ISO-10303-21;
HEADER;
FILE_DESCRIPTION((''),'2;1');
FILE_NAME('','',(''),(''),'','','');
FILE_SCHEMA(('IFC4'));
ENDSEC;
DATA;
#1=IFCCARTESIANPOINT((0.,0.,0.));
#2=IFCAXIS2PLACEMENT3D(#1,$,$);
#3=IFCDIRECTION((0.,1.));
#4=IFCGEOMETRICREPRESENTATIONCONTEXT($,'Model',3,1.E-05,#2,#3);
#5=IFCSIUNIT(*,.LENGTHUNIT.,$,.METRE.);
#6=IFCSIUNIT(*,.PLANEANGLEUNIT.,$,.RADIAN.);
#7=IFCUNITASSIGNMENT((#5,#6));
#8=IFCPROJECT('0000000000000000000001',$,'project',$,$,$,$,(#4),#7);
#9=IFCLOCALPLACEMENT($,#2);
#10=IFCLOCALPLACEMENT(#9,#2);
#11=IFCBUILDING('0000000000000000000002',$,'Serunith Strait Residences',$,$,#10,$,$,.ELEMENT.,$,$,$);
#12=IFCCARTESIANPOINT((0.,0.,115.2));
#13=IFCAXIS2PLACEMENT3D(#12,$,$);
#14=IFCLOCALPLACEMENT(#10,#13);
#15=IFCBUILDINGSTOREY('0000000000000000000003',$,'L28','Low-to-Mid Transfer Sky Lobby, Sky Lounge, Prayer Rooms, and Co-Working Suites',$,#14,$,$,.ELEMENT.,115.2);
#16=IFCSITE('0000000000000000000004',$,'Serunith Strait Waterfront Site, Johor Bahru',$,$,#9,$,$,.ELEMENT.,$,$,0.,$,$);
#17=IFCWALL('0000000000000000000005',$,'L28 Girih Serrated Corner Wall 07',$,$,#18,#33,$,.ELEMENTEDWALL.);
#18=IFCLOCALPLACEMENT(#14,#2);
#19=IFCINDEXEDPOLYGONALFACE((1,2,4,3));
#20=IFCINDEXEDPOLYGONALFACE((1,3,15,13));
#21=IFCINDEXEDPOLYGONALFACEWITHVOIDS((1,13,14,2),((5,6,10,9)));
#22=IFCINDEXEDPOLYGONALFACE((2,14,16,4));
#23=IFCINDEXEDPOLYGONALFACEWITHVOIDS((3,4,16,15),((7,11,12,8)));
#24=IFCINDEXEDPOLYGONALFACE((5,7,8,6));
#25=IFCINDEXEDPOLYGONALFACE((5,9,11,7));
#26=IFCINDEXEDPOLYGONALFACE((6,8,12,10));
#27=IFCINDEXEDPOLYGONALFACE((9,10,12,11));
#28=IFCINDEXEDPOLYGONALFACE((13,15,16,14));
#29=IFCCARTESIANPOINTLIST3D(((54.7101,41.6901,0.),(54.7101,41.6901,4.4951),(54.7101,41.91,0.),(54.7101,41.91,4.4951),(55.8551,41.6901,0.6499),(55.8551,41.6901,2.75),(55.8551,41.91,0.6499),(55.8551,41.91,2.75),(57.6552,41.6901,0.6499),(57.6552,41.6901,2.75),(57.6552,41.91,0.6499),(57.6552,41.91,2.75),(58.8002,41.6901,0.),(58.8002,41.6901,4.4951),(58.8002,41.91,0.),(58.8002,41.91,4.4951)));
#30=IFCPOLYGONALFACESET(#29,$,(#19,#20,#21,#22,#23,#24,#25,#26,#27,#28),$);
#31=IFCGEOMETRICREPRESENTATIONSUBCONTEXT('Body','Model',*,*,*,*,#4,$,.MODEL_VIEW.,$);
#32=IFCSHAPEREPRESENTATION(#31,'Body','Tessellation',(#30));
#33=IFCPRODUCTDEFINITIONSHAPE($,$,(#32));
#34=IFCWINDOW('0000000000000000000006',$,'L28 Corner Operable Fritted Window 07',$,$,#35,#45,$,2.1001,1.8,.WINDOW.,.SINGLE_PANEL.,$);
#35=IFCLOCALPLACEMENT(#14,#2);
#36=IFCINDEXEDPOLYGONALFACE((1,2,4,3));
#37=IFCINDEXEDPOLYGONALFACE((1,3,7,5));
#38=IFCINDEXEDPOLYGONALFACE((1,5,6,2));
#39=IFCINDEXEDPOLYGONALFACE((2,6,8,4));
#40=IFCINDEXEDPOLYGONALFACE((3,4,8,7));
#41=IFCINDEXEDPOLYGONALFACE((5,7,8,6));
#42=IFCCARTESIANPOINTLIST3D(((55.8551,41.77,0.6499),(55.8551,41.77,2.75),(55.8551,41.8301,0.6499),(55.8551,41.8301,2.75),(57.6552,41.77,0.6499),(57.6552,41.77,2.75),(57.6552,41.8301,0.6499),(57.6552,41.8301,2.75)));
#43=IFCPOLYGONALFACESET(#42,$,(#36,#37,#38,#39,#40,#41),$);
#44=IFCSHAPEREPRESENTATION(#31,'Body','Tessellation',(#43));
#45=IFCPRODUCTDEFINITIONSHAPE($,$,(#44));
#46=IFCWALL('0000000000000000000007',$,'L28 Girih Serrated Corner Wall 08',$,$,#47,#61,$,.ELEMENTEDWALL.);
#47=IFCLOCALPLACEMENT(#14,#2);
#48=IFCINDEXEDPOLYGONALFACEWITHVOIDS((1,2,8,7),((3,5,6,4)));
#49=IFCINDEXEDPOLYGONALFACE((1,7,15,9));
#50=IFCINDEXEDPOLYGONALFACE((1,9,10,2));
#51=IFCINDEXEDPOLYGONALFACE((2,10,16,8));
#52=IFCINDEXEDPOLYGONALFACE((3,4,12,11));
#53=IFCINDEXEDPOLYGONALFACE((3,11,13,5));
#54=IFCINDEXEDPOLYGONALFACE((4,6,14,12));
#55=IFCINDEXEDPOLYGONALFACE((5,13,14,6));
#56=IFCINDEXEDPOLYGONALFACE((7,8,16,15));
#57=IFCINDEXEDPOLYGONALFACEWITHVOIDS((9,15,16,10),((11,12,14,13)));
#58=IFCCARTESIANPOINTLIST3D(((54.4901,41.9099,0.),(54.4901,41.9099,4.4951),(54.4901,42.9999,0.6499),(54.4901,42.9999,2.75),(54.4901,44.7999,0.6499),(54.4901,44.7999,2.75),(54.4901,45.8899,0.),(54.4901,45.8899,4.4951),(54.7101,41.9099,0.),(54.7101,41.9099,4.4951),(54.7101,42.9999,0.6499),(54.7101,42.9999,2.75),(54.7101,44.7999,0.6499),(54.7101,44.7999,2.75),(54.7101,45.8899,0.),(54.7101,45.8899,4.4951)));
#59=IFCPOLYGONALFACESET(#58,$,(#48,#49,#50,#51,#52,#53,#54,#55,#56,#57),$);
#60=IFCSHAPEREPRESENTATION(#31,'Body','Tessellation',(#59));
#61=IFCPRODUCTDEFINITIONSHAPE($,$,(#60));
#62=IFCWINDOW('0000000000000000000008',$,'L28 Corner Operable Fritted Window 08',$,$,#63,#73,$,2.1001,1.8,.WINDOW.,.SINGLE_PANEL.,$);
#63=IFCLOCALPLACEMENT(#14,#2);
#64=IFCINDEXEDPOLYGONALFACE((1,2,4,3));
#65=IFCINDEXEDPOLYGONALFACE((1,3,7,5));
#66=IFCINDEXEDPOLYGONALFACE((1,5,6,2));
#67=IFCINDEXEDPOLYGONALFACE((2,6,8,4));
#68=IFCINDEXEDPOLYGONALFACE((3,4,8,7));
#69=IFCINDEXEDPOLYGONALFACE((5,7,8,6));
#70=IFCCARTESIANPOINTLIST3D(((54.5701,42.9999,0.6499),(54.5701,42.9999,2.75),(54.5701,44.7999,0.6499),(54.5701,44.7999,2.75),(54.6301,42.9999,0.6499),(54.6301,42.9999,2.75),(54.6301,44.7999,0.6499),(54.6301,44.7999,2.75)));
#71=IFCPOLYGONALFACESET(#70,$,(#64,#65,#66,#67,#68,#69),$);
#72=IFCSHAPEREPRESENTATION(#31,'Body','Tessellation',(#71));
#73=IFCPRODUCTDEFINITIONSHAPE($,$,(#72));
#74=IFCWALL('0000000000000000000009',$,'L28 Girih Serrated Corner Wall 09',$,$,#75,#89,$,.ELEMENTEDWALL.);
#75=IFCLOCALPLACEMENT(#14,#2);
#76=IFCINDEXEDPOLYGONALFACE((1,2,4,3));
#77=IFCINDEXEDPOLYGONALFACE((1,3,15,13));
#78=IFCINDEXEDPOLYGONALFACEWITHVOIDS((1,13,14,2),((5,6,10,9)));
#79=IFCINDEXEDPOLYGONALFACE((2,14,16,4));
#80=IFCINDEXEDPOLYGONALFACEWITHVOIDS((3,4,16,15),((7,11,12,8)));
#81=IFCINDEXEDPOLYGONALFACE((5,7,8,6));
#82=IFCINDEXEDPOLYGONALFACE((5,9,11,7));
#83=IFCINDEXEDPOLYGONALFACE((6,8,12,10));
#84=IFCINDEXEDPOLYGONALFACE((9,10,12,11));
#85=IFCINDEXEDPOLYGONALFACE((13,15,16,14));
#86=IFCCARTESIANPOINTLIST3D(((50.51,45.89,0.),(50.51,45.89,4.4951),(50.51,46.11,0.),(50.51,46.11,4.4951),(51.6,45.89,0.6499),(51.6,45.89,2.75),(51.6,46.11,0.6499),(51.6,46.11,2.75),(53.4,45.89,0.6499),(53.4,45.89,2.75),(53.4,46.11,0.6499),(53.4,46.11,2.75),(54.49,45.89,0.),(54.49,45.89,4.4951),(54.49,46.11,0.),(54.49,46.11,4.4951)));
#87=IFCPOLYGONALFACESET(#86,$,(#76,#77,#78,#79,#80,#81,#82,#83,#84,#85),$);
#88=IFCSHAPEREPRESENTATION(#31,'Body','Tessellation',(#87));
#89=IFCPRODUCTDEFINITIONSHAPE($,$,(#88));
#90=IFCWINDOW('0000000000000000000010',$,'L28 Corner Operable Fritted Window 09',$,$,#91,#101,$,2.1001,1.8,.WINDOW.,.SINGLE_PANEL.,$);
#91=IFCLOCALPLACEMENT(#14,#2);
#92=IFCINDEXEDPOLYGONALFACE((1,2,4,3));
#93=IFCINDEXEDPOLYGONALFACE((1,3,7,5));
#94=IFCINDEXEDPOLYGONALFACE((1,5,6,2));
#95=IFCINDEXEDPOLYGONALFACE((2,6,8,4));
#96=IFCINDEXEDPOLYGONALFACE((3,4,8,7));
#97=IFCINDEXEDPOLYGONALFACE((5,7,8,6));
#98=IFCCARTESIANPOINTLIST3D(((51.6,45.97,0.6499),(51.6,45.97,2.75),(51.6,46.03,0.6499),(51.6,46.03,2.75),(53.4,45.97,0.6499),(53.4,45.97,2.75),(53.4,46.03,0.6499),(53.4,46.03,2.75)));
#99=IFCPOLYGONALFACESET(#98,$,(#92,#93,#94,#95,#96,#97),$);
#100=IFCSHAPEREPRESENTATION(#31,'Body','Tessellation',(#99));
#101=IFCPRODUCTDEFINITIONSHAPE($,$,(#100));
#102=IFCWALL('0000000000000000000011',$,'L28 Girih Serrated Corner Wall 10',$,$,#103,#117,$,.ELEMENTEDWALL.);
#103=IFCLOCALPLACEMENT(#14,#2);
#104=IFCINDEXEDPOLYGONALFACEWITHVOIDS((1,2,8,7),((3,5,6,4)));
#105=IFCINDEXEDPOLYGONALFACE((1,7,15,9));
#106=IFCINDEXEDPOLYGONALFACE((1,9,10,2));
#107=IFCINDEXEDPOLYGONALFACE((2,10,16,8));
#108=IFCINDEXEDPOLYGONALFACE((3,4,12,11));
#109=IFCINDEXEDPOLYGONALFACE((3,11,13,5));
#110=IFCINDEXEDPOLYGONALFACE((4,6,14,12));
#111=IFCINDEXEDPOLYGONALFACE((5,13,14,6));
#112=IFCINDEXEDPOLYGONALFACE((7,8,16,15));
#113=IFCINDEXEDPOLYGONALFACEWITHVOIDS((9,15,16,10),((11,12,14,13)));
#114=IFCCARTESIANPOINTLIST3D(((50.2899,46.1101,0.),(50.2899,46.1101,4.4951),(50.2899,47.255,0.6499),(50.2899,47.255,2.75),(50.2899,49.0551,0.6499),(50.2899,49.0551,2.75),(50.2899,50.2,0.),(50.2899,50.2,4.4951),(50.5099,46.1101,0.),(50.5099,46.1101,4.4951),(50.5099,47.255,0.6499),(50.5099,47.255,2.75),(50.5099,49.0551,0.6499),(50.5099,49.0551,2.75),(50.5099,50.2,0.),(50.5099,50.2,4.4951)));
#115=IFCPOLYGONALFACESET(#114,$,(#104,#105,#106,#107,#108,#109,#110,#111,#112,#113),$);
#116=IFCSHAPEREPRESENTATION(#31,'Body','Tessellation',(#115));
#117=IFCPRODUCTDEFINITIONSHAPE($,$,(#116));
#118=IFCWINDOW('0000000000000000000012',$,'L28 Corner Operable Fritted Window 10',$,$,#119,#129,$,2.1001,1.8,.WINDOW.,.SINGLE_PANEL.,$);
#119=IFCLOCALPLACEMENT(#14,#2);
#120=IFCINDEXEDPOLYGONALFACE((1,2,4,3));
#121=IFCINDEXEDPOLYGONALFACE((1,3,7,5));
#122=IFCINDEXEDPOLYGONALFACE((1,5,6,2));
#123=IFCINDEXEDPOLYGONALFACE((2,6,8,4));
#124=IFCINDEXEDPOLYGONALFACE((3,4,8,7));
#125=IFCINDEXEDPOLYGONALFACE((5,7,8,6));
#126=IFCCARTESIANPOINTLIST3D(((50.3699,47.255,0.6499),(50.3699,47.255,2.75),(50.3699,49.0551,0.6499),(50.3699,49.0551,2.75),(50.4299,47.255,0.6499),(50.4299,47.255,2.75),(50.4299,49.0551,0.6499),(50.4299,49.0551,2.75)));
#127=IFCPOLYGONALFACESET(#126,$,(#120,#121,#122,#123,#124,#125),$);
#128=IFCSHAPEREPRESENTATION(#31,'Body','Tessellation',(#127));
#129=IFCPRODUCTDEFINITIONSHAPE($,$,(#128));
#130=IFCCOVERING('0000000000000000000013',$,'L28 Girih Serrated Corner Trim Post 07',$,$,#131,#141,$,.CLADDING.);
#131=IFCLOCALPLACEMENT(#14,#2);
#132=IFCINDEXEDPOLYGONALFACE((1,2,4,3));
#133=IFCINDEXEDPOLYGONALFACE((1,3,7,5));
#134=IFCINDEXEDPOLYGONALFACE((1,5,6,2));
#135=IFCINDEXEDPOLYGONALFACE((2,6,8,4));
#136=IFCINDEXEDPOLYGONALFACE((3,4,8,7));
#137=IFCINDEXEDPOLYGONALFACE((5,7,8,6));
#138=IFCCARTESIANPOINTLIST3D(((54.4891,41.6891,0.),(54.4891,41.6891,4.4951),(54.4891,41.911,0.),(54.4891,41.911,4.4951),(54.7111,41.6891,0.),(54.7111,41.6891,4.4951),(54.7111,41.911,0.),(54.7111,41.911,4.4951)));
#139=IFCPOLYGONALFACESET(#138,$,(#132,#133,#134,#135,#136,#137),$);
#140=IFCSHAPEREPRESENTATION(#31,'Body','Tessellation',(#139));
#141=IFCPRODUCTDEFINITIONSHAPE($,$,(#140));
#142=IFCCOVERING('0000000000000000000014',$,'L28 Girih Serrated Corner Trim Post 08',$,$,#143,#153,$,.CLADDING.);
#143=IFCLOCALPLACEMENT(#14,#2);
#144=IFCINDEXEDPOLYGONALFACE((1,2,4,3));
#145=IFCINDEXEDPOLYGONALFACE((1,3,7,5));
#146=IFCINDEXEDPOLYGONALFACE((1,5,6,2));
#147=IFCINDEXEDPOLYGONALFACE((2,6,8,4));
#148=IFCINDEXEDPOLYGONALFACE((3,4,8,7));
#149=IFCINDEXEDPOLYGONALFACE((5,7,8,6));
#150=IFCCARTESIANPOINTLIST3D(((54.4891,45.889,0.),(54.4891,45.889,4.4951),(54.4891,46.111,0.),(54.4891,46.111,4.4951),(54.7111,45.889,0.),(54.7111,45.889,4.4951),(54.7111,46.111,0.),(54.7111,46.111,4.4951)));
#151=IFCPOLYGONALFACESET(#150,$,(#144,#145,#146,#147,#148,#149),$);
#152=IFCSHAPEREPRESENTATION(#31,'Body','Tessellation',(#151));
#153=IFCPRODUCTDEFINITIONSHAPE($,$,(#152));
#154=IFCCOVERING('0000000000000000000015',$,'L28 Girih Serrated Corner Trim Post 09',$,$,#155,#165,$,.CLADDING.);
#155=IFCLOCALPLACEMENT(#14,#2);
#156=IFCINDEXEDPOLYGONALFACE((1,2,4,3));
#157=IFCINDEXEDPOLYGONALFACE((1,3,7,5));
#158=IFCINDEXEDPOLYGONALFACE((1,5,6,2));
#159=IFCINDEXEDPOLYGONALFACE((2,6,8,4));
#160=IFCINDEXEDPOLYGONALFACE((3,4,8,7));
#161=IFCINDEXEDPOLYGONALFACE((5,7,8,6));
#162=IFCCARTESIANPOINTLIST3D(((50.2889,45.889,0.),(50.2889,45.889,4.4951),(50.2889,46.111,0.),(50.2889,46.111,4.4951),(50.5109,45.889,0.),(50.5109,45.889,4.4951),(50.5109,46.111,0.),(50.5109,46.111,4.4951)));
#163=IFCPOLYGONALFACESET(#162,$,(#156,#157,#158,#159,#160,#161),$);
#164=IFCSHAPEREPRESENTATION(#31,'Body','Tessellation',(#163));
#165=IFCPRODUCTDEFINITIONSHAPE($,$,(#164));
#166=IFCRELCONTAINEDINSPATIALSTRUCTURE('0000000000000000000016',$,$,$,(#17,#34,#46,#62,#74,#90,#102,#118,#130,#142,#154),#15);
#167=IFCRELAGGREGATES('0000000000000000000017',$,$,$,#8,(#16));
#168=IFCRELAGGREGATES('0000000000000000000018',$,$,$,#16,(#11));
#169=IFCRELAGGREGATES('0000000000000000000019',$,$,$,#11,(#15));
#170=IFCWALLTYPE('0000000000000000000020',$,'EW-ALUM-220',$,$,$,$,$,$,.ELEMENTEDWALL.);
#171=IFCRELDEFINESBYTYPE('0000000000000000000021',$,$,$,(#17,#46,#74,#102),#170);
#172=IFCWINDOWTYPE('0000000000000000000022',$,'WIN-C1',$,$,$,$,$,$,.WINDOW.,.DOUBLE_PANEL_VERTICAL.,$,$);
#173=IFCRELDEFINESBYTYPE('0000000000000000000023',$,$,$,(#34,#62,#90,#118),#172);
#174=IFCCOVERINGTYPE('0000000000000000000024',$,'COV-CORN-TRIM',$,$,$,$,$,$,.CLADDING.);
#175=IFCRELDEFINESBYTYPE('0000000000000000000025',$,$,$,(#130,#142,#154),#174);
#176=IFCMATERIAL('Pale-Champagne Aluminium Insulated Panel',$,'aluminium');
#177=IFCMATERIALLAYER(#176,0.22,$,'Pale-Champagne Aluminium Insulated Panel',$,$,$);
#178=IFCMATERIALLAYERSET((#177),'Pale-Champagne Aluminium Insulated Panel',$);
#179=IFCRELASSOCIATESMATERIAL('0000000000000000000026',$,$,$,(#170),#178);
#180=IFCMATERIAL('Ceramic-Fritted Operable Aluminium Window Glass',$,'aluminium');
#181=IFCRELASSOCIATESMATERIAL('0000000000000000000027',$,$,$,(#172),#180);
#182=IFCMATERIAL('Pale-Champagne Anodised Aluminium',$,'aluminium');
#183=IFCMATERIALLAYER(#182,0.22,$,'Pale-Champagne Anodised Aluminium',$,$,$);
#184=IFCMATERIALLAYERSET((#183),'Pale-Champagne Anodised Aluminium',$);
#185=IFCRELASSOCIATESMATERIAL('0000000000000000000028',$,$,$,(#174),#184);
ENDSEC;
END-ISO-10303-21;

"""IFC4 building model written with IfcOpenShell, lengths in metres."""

from ifc_helpers import new_model, si_unit, direction, frame, frame_2d, origin, origin_2d, place, context, subcontext, project, spatial, rectangle, extrude, source, transform, mapped, material, layer, layer_set, type_object, element, fill, save


model = new_model("IFC4")

# Units and contexts
model_context = context("Model", 3, precision=1e-05, world=origin(), true_north=direction((0.0, 1.0)))
body_context = subcontext(model_context, "Body", "Model", "MODEL_VIEW")
ifc_project = project(units=[si_unit("LENGTHUNIT", "METRE"), si_unit("PLANEANGLEUNIT", "RADIAN")], contexts=[model_context])

# Site, building, storey
site_placement = place(None, origin())
site = spatial("IfcSite", under=ifc_project, at=site_placement, Name="Serunith Strait Waterfront Site, Johor Bahru", CompositionType="ELEMENT", RefElevation=0.0)
building_placement = place(site_placement, origin())
building = spatial("IfcBuilding", under=site, at=building_placement, Name="Serunith Strait Residences", CompositionType="ELEMENT")
storey_placement = place(building_placement, frame((0.0, 0.0, 115.2)))
storey = spatial("IfcBuildingStorey", under=building, at=storey_placement, Name="L28", Description="Low-to-Mid Transfer Sky Lobby, Sky Lounge, Prayer Rooms, and Co-Working Suites", CompositionType="ELEMENT", Elevation=115.2)

# Shared definitions
ifc_material_1 = material(Name="Pale-Champagne Anodised Aluminium", Category="aluminium")

# Walls, openings, windows
ifc_material_2 = material(Name="Pale-Champagne Aluminium Insulated Panel", Category="aluminium")
ifc_layer_1 = layer(ifc_material_2, 0.22, Name="Pale-Champagne Aluminium Insulated Panel")
ifc_layer_set_1 = layer_set([ifc_layer_1], Name="Pale-Champagne Aluminium Insulated Panel")
wall_type = type_object("IfcWallType", Name="EW-ALUM-220", PredefinedType="ELEMENTEDWALL", material=ifc_layer_set_1)
wall_1_placement = place(storey_placement, frame((58.8, 41.8, 0.0), z_axis=(0.0, 0.0, 1.0), x_axis=(-1.0, 0.0, 0.0)))
wall_1 = element("IfcWall", 1, at=wall_1_placement, inside=storey, type_object=wall_type, Name="L28 Girih Serrated Corner Wall 07", PredefinedType="ELEMENTEDWALL", context=body_context, shape_type="SweptSolid", body=[
    extrude(rectangle(XDim=4.0901, YDim=0.22, at=frame_2d((2.0449, 0.0))), origin(), (0.0, 0.0, 1.0), 4.4951),
])
opening_1_placement = place(wall_1_placement, frame((1.145, 0.0, 0.6499)))
opening_1 = element("IfcOpeningElement", 2, at=opening_1_placement, cuts=wall_1, PredefinedType="OPENING", context=body_context, shape_type="SweptSolid", body=[
    extrude(rectangle(XDim=1.8, YDim=2.1001, at=frame_2d((0.8999, 1.05))), frame((0.0, 0.1201, 0.0), z_axis=(0.0, -1.0, 0.0), x_axis=(1.0, 0.0, 0.0)), (0.0, 0.0, 1.0), 0.24),
])
ifc_material_3 = material(Name="Ceramic-Fritted Operable Aluminium Window Glass", Category="aluminium")
window_type = type_object("IfcWindowType", Name="WIN-C1", PartitioningType="DOUBLE_PANEL_VERTICAL", PredefinedType="WINDOW", material=ifc_material_3)
shared_shape_1 = source(origin(), body_context, "Body", "SweptSolid", [
    extrude(rectangle(XDim=1.8, YDim=2.1001, at=frame_2d((0.8999, 1.05))), frame((0.0, 0.03, 0.0), z_axis=(0.0, -1.0, 0.0), x_axis=(1.0, 0.0, 0.0)), (0.0, 0.0, 1.0), 0.0601),
])
window_1_placement = place(opening_1_placement, origin())
window_1 = element("IfcWindow", 3, at=window_1_placement, inside=storey, type_object=window_type, Name="L28 Corner Operable Fritted Window 07", OverallHeight=2.1001, OverallWidth=1.8, PartitioningType="SINGLE_PANEL", PredefinedType="WINDOW", context=body_context, shape_type="MappedRepresentation", body=[
    mapped(shared_shape_1, transform((0.0, 0.0, 0.0), scale=1.0)),
])
fill(opening_1, window_1)
wall_2_placement = place(storey_placement, frame((54.6001, 41.9099, 0.0), z_axis=(0.0, 0.0, 1.0), x_axis=(0.0, 1.0, 0.0)))
wall_2 = element("IfcWall", 4, at=wall_2_placement, inside=storey, type_object=wall_type, Name="L28 Girih Serrated Corner Wall 08", PredefinedType="ELEMENTEDWALL", context=body_context, shape_type="SweptSolid", body=[
    extrude(rectangle(XDim=3.98, YDim=0.22, at=frame_2d((1.99, 0.0))), origin(), (0.0, 0.0, 1.0), 4.4951),
])
opening_2_placement = place(wall_2_placement, frame((1.0901, 0.0, 0.6499)))
opening_2 = element("IfcOpeningElement", 5, at=opening_2_placement, cuts=wall_2, PredefinedType="OPENING", context=body_context, shape_type="SweptSolid", body=[
    extrude(rectangle(XDim=1.8, YDim=2.1001, at=frame_2d((0.8999, 1.05))), frame((0.0, 0.1201, 0.0), z_axis=(0.0, -1.0, 0.0), x_axis=(1.0, 0.0, 0.0)), (0.0, 0.0, 1.0), 0.24),
])
window_2_placement = place(opening_2_placement, origin())
window_2 = element("IfcWindow", 6, at=window_2_placement, inside=storey, type_object=window_type, Name="L28 Corner Operable Fritted Window 08", OverallHeight=2.1001, OverallWidth=1.8, PartitioningType="SINGLE_PANEL", PredefinedType="WINDOW", context=body_context, shape_type="MappedRepresentation", body=[
    mapped(shared_shape_1, transform((0.0, 0.0, 0.0), scale=1.0)),
])
fill(opening_2, window_2)
wall_3_placement = place(storey_placement, frame((54.49, 46.0, 0.0), z_axis=(0.0, 0.0, 1.0), x_axis=(-1.0, 0.0, 0.0)))
wall_3 = element("IfcWall", 7, at=wall_3_placement, inside=storey, type_object=wall_type, Name="L28 Girih Serrated Corner Wall 09", PredefinedType="ELEMENTEDWALL", context=body_context, shape_type="SweptSolid", body=[
    extrude(rectangle(XDim=3.98, YDim=0.22, at=frame_2d((1.99, 0.0))), origin(), (0.0, 0.0, 1.0), 4.4951),
])
opening_3_placement = place(wall_3_placement, frame((1.0901, 0.0, 0.6499)))
opening_3 = element("IfcOpeningElement", 8, at=opening_3_placement, cuts=wall_3, PredefinedType="OPENING", context=body_context, shape_type="SweptSolid", body=[
    extrude(rectangle(XDim=1.8, YDim=2.1001, at=frame_2d((0.8999, 1.05))), frame((0.0, 0.1201, 0.0), z_axis=(0.0, -1.0, 0.0), x_axis=(1.0, 0.0, 0.0)), (0.0, 0.0, 1.0), 0.24),
])
window_3_placement = place(opening_3_placement, origin())
window_3 = element("IfcWindow", 9, at=window_3_placement, inside=storey, type_object=window_type, Name="L28 Corner Operable Fritted Window 09", OverallHeight=2.1001, OverallWidth=1.8, PartitioningType="SINGLE_PANEL", PredefinedType="WINDOW", context=body_context, shape_type="MappedRepresentation", body=[
    mapped(shared_shape_1, transform((0.0, 0.0, 0.0), scale=1.0)),
])
fill(opening_3, window_3)
wall_4_placement = place(storey_placement, frame((50.3999, 46.1101, 0.0), z_axis=(0.0, 0.0, 1.0), x_axis=(0.0, 1.0, 0.0)))
wall_4 = element("IfcWall", 10, at=wall_4_placement, inside=storey, type_object=wall_type, Name="L28 Girih Serrated Corner Wall 10", PredefinedType="ELEMENTEDWALL", context=body_context, shape_type="SweptSolid", body=[
    extrude(rectangle(XDim=4.0898, YDim=0.22, at=frame_2d((2.0449, 0.0))), origin(), (0.0, 0.0, 1.0), 4.4951),
])
opening_4_placement = place(wall_4_placement, frame((1.145, 0.0, 0.6499)))
opening_4 = element("IfcOpeningElement", 11, at=opening_4_placement, cuts=wall_4, PredefinedType="OPENING", context=body_context, shape_type="SweptSolid", body=[
    extrude(rectangle(XDim=1.8, YDim=2.1001, at=frame_2d((0.8999, 1.05))), frame((0.0, 0.1201, 0.0), z_axis=(0.0, -1.0, 0.0), x_axis=(1.0, 0.0, 0.0)), (0.0, 0.0, 1.0), 0.24),
])
window_4_placement = place(opening_4_placement, origin())
window_4 = element("IfcWindow", 12, at=window_4_placement, inside=storey, type_object=window_type, Name="L28 Corner Operable Fritted Window 10", OverallHeight=2.1001, OverallWidth=1.8, PartitioningType="SINGLE_PANEL", PredefinedType="WINDOW", context=body_context, shape_type="MappedRepresentation", body=[
    mapped(shared_shape_1, transform((0.0, 0.0, 0.0), scale=1.0)),
])
fill(opening_4, window_4)

# Coverings
ifc_layer_2 = layer(ifc_material_1, 0.22, Name="Pale-Champagne Anodised Aluminium")
ifc_layer_set_2 = layer_set([ifc_layer_2], Name="Pale-Champagne Anodised Aluminium")
covering_type = type_object("IfcCoveringType", Name="COV-CORN-TRIM", PredefinedType="CLADDING", material=ifc_layer_set_2)
shared_shape_2 = source(origin(), body_context, "Body", "SweptSolid", [
    extrude(rectangle(XDim=0.2219, YDim=0.2219, at=origin_2d()), origin(), (0.0, 0.0, 1.0), 4.4951),
])
for number, where, z_axis, x_axis, name in (
    (13, (54.6001, 41.8, 0.0), (0.0, 0.0, 1.0), (1.0, 0.0, 0.0), "L28 Girih Serrated Corner Trim Post 07"),
    (14, (54.6001, 46.0, 0.0), (0.0, 0.0, 1.0), (1.0, 0.0, 0.0), "L28 Girih Serrated Corner Trim Post 08"),
    (15, (50.3999, 46.0, 0.0), (0.0, 0.0, 1.0), (1.0, 0.0, 0.0), "L28 Girih Serrated Corner Trim Post 09"),
):
    element("IfcCovering", number, at=place(storey_placement, frame(where, z_axis=z_axis, x_axis=x_axis)), inside=storey, type_object=covering_type, Name=name, PredefinedType="CLADDING", context=body_context, shape_type="MappedRepresentation", body=[
        mapped(shared_shape_2, transform((0.0, 0.0, 0.0), scale=1.0)),
    ])

save(model, "model.ifc")
